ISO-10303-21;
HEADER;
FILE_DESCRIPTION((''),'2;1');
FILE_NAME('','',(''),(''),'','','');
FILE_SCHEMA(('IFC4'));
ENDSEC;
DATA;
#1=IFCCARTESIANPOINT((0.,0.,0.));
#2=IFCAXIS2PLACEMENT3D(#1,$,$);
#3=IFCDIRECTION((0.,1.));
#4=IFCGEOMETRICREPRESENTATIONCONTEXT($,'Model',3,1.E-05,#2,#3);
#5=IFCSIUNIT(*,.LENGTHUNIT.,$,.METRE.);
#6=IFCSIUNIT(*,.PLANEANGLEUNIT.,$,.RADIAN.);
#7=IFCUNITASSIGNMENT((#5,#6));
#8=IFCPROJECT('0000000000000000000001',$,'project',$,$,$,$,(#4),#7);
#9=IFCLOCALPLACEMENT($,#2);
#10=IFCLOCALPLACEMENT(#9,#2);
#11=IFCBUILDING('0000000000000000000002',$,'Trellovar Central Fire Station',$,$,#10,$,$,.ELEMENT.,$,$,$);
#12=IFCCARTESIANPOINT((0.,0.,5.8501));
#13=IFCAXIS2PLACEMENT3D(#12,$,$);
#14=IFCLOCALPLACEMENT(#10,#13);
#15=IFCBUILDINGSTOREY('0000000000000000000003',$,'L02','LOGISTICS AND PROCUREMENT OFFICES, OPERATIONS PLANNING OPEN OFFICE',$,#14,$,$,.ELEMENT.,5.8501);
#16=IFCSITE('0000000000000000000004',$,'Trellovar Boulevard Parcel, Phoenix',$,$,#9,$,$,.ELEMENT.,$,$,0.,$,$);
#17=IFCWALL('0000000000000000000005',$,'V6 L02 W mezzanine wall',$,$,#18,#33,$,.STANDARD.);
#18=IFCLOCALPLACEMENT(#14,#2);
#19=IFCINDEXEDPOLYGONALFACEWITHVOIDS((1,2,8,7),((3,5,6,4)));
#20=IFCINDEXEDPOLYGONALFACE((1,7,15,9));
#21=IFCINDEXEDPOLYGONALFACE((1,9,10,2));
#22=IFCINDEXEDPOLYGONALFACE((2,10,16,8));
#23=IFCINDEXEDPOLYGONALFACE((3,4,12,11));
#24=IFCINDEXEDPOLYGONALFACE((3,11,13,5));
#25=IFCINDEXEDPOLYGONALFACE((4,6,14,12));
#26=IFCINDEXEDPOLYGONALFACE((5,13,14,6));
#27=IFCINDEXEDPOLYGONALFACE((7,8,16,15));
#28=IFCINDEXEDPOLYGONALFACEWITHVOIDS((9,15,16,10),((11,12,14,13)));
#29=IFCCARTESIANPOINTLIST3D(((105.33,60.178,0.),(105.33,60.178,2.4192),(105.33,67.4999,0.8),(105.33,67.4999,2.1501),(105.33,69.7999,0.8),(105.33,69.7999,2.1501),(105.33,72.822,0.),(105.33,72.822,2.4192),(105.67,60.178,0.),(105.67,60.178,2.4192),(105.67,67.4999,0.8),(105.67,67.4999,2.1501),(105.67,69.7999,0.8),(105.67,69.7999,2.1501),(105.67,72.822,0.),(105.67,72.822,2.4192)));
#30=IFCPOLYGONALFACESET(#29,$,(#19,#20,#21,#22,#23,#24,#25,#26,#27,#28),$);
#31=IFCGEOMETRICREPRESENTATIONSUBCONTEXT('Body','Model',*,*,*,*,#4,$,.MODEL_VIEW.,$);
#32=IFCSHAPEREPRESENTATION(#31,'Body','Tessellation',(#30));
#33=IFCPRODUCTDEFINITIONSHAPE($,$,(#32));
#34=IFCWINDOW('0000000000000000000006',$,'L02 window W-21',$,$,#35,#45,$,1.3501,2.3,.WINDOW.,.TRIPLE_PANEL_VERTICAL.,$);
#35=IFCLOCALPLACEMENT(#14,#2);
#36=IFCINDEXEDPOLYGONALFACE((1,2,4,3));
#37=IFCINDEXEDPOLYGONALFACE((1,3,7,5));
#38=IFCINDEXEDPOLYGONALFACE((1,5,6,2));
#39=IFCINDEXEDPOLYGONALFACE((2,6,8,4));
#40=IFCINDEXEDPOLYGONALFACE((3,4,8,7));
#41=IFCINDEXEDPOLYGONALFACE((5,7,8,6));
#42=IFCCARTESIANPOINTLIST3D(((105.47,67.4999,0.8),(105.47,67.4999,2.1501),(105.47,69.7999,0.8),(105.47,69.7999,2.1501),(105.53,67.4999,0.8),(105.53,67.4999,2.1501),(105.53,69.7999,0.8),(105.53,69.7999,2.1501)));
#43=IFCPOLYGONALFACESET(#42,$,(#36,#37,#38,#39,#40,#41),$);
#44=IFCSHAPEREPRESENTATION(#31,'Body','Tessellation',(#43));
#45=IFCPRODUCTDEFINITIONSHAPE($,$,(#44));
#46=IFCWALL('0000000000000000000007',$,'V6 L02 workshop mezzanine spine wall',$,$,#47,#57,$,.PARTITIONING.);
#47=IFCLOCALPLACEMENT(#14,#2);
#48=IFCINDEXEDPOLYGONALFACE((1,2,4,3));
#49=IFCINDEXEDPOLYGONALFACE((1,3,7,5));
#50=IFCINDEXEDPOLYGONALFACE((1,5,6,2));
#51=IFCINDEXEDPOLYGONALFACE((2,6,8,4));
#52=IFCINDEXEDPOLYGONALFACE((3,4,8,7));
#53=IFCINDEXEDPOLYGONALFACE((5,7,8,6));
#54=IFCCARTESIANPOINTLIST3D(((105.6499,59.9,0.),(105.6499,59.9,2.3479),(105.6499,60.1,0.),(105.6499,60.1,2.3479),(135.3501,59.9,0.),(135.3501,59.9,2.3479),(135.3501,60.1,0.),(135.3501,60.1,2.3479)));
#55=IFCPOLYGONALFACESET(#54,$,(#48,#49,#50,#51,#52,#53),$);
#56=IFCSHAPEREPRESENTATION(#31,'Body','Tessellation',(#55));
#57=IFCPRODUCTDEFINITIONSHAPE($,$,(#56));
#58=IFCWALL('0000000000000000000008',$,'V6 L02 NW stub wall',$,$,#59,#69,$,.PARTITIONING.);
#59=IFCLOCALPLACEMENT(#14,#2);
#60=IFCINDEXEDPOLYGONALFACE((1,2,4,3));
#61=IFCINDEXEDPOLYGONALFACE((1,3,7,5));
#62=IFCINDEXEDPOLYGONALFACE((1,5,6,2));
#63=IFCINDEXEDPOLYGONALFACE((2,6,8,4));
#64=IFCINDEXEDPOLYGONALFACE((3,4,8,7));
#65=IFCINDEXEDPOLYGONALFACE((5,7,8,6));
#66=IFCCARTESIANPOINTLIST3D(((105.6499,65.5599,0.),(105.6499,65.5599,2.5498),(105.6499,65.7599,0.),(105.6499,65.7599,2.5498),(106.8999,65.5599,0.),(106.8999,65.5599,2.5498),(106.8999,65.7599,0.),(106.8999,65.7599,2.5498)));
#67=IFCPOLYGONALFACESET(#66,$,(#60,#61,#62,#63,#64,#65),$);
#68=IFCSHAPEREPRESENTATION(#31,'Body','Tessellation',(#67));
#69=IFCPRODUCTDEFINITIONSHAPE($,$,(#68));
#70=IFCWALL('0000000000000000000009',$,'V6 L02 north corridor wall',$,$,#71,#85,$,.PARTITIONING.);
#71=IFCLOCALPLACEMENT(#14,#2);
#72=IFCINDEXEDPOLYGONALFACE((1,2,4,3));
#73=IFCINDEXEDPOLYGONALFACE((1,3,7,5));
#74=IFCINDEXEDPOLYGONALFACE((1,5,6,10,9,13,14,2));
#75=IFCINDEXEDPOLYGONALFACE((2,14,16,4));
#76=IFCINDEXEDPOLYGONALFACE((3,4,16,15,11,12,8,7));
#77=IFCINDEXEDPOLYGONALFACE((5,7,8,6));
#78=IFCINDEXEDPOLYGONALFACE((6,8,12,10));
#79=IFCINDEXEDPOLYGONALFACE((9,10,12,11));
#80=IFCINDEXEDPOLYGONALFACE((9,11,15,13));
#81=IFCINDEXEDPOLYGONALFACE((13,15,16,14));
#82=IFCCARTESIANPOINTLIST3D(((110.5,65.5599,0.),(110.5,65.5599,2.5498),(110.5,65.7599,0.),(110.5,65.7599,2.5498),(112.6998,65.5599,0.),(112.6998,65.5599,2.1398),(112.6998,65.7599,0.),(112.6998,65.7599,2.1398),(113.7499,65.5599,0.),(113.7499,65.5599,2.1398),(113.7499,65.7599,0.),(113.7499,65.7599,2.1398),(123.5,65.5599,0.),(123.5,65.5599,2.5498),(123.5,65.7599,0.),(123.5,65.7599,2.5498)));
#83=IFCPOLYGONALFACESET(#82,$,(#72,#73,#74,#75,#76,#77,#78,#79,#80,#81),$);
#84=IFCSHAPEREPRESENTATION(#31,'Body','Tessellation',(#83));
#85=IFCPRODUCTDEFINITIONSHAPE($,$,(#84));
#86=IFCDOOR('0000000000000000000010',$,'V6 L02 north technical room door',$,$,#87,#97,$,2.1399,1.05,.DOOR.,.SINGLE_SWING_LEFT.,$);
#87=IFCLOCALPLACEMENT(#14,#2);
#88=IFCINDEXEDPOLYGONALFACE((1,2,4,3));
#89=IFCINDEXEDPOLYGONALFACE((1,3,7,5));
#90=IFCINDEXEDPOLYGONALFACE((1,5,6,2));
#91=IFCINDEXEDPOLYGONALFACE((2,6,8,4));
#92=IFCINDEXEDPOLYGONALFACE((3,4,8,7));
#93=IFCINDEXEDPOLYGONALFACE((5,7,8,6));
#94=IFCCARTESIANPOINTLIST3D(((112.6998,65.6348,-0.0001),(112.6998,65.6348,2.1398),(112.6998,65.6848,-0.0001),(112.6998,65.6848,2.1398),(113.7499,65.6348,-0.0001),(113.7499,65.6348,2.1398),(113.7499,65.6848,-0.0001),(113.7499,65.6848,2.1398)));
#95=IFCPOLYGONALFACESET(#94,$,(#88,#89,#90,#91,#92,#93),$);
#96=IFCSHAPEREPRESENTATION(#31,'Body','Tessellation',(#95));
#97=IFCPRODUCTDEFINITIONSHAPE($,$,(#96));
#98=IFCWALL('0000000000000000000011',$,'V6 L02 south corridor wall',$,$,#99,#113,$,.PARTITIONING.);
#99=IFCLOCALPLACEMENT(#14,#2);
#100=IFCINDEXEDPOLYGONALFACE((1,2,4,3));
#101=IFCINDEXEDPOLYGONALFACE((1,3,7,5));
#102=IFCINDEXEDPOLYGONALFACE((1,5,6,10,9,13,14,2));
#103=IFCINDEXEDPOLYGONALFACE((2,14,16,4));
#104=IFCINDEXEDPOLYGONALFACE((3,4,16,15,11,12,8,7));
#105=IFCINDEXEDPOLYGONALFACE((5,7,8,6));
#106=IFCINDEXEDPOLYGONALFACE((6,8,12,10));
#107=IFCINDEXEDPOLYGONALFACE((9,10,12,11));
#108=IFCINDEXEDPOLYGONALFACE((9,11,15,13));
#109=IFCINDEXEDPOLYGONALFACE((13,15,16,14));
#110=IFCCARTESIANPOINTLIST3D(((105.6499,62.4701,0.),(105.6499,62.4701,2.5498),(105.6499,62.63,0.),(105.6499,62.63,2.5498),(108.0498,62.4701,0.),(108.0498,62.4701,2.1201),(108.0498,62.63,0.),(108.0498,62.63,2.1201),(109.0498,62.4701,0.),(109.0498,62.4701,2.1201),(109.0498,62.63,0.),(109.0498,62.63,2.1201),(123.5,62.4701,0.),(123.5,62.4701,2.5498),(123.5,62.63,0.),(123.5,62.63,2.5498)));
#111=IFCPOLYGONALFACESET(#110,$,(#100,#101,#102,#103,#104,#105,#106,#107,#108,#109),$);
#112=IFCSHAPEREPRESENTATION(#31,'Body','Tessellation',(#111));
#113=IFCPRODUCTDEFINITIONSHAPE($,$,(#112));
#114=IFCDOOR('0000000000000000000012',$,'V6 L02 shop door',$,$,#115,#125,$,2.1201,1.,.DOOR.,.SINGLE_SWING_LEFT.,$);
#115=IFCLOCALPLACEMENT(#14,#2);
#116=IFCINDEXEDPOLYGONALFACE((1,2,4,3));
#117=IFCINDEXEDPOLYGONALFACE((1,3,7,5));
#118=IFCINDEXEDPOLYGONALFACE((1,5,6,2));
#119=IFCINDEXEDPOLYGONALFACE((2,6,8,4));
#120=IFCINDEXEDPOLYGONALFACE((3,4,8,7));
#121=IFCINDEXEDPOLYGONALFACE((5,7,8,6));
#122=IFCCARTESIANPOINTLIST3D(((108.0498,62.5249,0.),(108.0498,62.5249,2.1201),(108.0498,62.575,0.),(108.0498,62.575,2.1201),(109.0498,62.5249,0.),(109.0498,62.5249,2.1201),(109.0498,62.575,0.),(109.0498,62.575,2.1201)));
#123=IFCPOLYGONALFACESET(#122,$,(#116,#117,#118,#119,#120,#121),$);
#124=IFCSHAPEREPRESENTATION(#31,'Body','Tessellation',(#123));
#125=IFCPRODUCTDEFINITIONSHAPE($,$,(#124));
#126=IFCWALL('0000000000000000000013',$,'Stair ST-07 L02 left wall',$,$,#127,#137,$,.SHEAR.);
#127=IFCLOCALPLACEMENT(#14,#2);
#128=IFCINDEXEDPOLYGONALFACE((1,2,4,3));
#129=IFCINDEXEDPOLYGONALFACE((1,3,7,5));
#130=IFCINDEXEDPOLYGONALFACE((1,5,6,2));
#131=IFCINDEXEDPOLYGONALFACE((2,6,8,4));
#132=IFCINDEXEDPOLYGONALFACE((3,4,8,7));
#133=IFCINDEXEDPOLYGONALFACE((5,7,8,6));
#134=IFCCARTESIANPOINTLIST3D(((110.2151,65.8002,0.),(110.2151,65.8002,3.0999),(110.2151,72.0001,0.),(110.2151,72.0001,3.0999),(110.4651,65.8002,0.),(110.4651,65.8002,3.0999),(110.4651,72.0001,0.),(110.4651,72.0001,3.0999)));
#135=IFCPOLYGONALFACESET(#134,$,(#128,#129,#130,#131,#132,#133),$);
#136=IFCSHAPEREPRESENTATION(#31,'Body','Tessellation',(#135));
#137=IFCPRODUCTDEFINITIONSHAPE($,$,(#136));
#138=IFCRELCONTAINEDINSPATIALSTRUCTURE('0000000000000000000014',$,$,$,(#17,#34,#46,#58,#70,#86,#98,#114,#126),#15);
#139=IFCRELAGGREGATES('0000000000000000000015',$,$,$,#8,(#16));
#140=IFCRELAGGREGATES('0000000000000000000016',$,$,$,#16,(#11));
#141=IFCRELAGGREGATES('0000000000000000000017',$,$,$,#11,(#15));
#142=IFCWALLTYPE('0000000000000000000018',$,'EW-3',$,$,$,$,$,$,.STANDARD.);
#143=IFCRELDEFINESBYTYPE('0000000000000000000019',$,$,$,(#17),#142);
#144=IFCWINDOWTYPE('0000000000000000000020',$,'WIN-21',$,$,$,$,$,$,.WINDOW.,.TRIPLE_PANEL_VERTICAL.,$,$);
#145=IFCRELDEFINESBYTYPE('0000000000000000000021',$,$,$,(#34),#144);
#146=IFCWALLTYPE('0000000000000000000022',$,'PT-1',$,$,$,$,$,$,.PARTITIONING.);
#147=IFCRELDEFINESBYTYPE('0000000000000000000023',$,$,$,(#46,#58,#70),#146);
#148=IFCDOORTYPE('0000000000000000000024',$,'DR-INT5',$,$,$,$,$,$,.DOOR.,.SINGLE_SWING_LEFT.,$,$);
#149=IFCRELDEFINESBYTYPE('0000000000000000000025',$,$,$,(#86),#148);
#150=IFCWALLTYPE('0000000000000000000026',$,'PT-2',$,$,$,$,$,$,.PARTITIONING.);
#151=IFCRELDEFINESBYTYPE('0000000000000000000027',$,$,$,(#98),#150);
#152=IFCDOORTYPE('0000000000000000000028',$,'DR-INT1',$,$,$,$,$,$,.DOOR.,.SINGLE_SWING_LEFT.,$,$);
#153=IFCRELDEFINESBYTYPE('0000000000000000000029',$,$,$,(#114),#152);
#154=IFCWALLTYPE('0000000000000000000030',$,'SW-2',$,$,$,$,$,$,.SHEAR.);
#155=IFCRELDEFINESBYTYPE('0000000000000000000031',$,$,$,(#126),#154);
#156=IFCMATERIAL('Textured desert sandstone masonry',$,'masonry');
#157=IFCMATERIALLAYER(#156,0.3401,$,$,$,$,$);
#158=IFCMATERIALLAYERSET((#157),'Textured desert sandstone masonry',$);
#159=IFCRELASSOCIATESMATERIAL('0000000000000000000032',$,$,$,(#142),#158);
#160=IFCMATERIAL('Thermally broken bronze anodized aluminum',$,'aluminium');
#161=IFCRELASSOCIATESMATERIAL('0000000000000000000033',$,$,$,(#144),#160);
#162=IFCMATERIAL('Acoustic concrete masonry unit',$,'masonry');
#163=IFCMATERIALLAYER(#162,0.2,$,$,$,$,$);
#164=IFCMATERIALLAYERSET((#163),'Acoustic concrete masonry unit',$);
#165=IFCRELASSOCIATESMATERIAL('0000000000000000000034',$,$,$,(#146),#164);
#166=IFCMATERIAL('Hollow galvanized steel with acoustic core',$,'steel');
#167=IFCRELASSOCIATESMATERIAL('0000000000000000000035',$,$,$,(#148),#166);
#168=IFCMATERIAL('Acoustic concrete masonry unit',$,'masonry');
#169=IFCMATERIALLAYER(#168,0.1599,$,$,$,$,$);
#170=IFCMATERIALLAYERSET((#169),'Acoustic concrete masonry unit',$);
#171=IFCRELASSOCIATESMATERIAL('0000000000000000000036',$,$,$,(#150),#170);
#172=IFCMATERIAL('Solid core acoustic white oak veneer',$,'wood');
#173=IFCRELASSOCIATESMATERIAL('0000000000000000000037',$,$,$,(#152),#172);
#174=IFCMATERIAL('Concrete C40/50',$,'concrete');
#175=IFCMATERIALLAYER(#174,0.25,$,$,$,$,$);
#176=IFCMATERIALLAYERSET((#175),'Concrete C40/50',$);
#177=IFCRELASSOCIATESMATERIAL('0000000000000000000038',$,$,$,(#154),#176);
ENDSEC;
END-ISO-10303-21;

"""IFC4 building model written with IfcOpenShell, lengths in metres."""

from ifc_helpers import new_model, si_unit, direction, frame, frame_2d, origin, place, context, subcontext, project, spatial, rectangle, extrude, material, layer, layer_set, type_object, element, fill, save


model = new_model("IFC4")

# Units and contexts
model_context = context("Model", 3, precision=1e-05, world=origin(), true_north=direction((0.0, 1.0)))
body_context = subcontext(model_context, "Body", "Model", "MODEL_VIEW")
ifc_project = project(units=[si_unit("LENGTHUNIT", "METRE"), si_unit("PLANEANGLEUNIT", "RADIAN")], contexts=[model_context])

# Site, building, storey
site_placement = place(None, origin())
site = spatial("IfcSite", under=ifc_project, at=site_placement, Name="Trellovar Boulevard Parcel, Phoenix", CompositionType="ELEMENT", RefElevation=0.0)
building_placement = place(site_placement, origin())
building = spatial("IfcBuilding", under=site, at=building_placement, Name="Trellovar Central Fire Station", CompositionType="ELEMENT")
storey_placement = place(building_placement, frame((0.0, 0.0, 5.8501)))
storey = spatial("IfcBuildingStorey", under=building, at=storey_placement, Name="L02", Description="LOGISTICS AND PROCUREMENT OFFICES, OPERATIONS PLANNING OPEN OFFICE", CompositionType="ELEMENT", Elevation=5.8501)

# Wall, opening, window
ifc_material_1 = material(Name="Textured desert sandstone masonry", Category="masonry")
ifc_layer_1 = layer(ifc_material_1, 0.3401)
ifc_layer_set_1 = layer_set([ifc_layer_1], Name="Textured desert sandstone masonry")
wall_type_1 = type_object("IfcWallType", Name="EW-3", PredefinedType="STANDARD", material=ifc_layer_set_1)
wall_1_placement = place(storey_placement, frame((105.5, 60.178, 0.0), z_axis=(0.0, 0.0, 1.0), x_axis=(0.0, 1.0, 0.0)))
wall_1 = element("IfcWall", 1, at=wall_1_placement, inside=storey, type_object=wall_type_1, Name="V6 L02 W mezzanine wall", PredefinedType="STANDARD", context=body_context, shape_type="SweptSolid", body=[
    extrude(rectangle(XDim=12.644, YDim=0.3401, at=frame_2d((6.322, 0.0))), origin(), (0.0, 0.0, 1.0), 2.4192),
])
opening_1_placement = place(wall_1_placement, frame((7.322, 0.0, 0.8)))
opening_1 = element("IfcOpeningElement", 2, at=opening_1_placement, cuts=wall_1, PredefinedType="OPENING", context=body_context, shape_type="SweptSolid", body=[
    extrude(rectangle(XDim=2.3, YDim=1.3501, at=frame_2d((1.1499, 0.675))), frame((0.0, 0.1799, 0.0), z_axis=(0.0, -1.0, 0.0), x_axis=(1.0, 0.0, 0.0)), (0.0, 0.0, 1.0), 0.3601),
])
ifc_material_2 = material(Name="Thermally broken bronze anodized aluminum", Category="aluminium")
window_type = type_object("IfcWindowType", Name="WIN-21", PartitioningType="TRIPLE_PANEL_VERTICAL", PredefinedType="WINDOW", material=ifc_material_2)
window_placement = place(opening_1_placement, origin())
window = element("IfcWindow", 3, at=window_placement, inside=storey, type_object=window_type, Name="L02 window W-21", OverallHeight=1.3501, OverallWidth=2.3, PartitioningType="TRIPLE_PANEL_VERTICAL", PredefinedType="WINDOW", context=body_context, shape_type="SweptSolid", body=[
    extrude(rectangle(XDim=2.3, YDim=1.3501, at=frame_2d((1.1499, 0.675))), frame((0.0, 0.03, 0.0), z_axis=(0.0, -1.0, 0.0), x_axis=(1.0, 0.0, 0.0)), (0.0, 0.0, 1.0), 0.0601),
])
fill(opening_1, window)

# Walls
ifc_material_3 = material(Name="Acoustic concrete masonry unit", Category="masonry")
ifc_layer_2 = layer(ifc_material_3, 0.2)
ifc_layer_set_2 = layer_set([ifc_layer_2], Name="Acoustic concrete masonry unit")
wall_type_2 = type_object("IfcWallType", Name="PT-1", PredefinedType="PARTITIONING", material=ifc_layer_set_2)
wall_2_placement = place(storey_placement, frame((105.6499, 60.0, 0.0), z_axis=(0.0, 0.0, 1.0), x_axis=(1.0, 0.0, 0.0)))
element("IfcWall", 4, at=wall_2_placement, inside=storey, type_object=wall_type_2, Name="V6 L02 workshop mezzanine spine wall", PredefinedType="PARTITIONING", context=body_context, shape_type="SweptSolid", body=[
    extrude(rectangle(XDim=29.7002, YDim=0.2, at=frame_2d((14.8501, 0.0))), origin(), (0.0, 0.0, 1.0), 2.3479),
])
wall_3_placement = place(storey_placement, frame((105.6499, 65.6599, 0.0), z_axis=(0.0, 0.0, 1.0), x_axis=(1.0, 0.0, 0.0)))
element("IfcWall", 5, at=wall_3_placement, inside=storey, type_object=wall_type_2, Name="V6 L02 NW stub wall", PredefinedType="PARTITIONING", context=body_context, shape_type="SweptSolid", body=[
    extrude(rectangle(XDim=1.25, YDim=0.2, at=frame_2d((0.625, 0.0))), origin(), (0.0, 0.0, 1.0), 2.5498),
])

# Walls, openings, doors
wall_4_placement = place(storey_placement, frame((110.5, 65.6599, 0.0), z_axis=(0.0, 0.0, 1.0), x_axis=(1.0, 0.0, 0.0)))
wall_4 = element("IfcWall", 6, at=wall_4_placement, inside=storey, type_object=wall_type_2, Name="V6 L02 north corridor wall", PredefinedType="PARTITIONING", context=body_context, shape_type="SweptSolid", body=[
    extrude(rectangle(XDim=13.0, YDim=0.2, at=frame_2d((6.5, 0.0))), origin(), (0.0, 0.0, 1.0), 2.5498),
])
opening_2_placement = place(wall_4_placement, frame((2.2, 0.0, 0.0)))
opening_2 = element("IfcOpeningElement", 7, at=opening_2_placement, cuts=wall_4, PredefinedType="OPENING", context=body_context, shape_type="SweptSolid", body=[
    extrude(rectangle(XDim=1.05, YDim=2.1399, at=frame_2d((0.5249, 1.0698))), frame((0.0, 0.1099, 0.0), z_axis=(0.0, -1.0, 0.0), x_axis=(1.0, 0.0, 0.0)), (0.0, 0.0, 1.0), 0.22),
])
ifc_material_4 = material(Name="Hollow galvanized steel with acoustic core", Category="steel")
door_type_1 = type_object("IfcDoorType", Name="DR-INT5", OperationType="SINGLE_SWING_LEFT", PredefinedType="DOOR", material=ifc_material_4)
door_1_placement = place(opening_2_placement, origin())
door_1 = element("IfcDoor", 8, at=door_1_placement, inside=storey, type_object=door_type_1, Name="V6 L02 north technical room door", OperationType="SINGLE_SWING_LEFT", OverallHeight=2.1399, OverallWidth=1.05, PredefinedType="DOOR", context=body_context, shape_type="SweptSolid", body=[
    extrude(rectangle(XDim=1.05, YDim=2.1399, at=frame_2d((0.5249, 1.0698))), frame((0.0, 0.0249, 0.0), z_axis=(0.0, -1.0, 0.0), x_axis=(1.0, 0.0, 0.0)), (0.0, 0.0, 1.0), 0.05),
])
fill(opening_2, door_1)
ifc_material_5 = material(Name="Acoustic concrete masonry unit", Category="masonry")
ifc_layer_3 = layer(ifc_material_5, 0.1599)
ifc_layer_set_3 = layer_set([ifc_layer_3], Name="Acoustic concrete masonry unit")
wall_type_3 = type_object("IfcWallType", Name="PT-2", PredefinedType="PARTITIONING", material=ifc_layer_set_3)
wall_5_placement = place(storey_placement, frame((105.6499, 62.55, 0.0), z_axis=(0.0, 0.0, 1.0), x_axis=(1.0, 0.0, 0.0)))
wall_5 = element("IfcWall", 9, at=wall_5_placement, inside=storey, type_object=wall_type_3, Name="V6 L02 south corridor wall", PredefinedType="PARTITIONING", context=body_context, shape_type="SweptSolid", body=[
    extrude(rectangle(XDim=17.8501, YDim=0.1599, at=frame_2d((8.925, 0.0))), origin(), (0.0, 0.0, 1.0), 2.5498),
])
opening_3_placement = place(wall_5_placement, frame((2.3999, 0.0, 0.0)))
opening_3 = element("IfcOpeningElement", 10, at=opening_3_placement, cuts=wall_5, PredefinedType="OPENING", context=body_context, shape_type="SweptSolid", body=[
    extrude(rectangle(XDim=1.0, YDim=2.1201, at=frame_2d((0.5, 1.0601))), frame((0.0, 0.0898, 0.0), z_axis=(0.0, -1.0, 0.0), x_axis=(1.0, 0.0, 0.0)), (0.0, 0.0, 1.0), 0.1799),
])
ifc_material_6 = material(Name="Solid core acoustic white oak veneer", Category="wood")
door_type_2 = type_object("IfcDoorType", Name="DR-INT1", OperationType="SINGLE_SWING_LEFT", PredefinedType="DOOR", material=ifc_material_6)
door_2_placement = place(opening_3_placement, origin())
door_2 = element("IfcDoor", 11, at=door_2_placement, inside=storey, type_object=door_type_2, Name="V6 L02 shop door", OperationType="SINGLE_SWING_LEFT", OverallHeight=2.1201, OverallWidth=1.0, PredefinedType="DOOR", context=body_context, shape_type="SweptSolid", body=[
    extrude(rectangle(XDim=1.0, YDim=2.1201, at=frame_2d((0.5, 1.0601))), frame((0.0, 0.0249, 0.0), z_axis=(0.0, -1.0, 0.0), x_axis=(1.0, 0.0, 0.0)), (0.0, 0.0, 1.0), 0.05),
])
fill(opening_3, door_2)

# Wall
ifc_material_7 = material(Name="Concrete C40/50", Category="concrete")
ifc_layer_4 = layer(ifc_material_7, 0.25)
ifc_layer_set_4 = layer_set([ifc_layer_4], Name="Concrete C40/50")
wall_type_4 = type_object("IfcWallType", Name="SW-2", PredefinedType="SHEAR", material=ifc_layer_set_4)
wall_6_placement = place(storey_placement, frame((110.3401, 65.8, 0.0), z_axis=(0.0, 0.0, 1.0), x_axis=(0.0, 1.0, 0.0)))
element("IfcWall", 12, at=wall_6_placement, inside=storey, type_object=wall_type_4, Name="Stair ST-07 L02 left wall", PredefinedType="SHEAR", context=body_context, shape_type="SweptSolid", body=[
    extrude(rectangle(XDim=6.2, YDim=0.25, at=frame_2d((3.1001, 0.0))), origin(), (0.0, 0.0, 1.0), 3.0999),
])

save(model, "model.ifc")
